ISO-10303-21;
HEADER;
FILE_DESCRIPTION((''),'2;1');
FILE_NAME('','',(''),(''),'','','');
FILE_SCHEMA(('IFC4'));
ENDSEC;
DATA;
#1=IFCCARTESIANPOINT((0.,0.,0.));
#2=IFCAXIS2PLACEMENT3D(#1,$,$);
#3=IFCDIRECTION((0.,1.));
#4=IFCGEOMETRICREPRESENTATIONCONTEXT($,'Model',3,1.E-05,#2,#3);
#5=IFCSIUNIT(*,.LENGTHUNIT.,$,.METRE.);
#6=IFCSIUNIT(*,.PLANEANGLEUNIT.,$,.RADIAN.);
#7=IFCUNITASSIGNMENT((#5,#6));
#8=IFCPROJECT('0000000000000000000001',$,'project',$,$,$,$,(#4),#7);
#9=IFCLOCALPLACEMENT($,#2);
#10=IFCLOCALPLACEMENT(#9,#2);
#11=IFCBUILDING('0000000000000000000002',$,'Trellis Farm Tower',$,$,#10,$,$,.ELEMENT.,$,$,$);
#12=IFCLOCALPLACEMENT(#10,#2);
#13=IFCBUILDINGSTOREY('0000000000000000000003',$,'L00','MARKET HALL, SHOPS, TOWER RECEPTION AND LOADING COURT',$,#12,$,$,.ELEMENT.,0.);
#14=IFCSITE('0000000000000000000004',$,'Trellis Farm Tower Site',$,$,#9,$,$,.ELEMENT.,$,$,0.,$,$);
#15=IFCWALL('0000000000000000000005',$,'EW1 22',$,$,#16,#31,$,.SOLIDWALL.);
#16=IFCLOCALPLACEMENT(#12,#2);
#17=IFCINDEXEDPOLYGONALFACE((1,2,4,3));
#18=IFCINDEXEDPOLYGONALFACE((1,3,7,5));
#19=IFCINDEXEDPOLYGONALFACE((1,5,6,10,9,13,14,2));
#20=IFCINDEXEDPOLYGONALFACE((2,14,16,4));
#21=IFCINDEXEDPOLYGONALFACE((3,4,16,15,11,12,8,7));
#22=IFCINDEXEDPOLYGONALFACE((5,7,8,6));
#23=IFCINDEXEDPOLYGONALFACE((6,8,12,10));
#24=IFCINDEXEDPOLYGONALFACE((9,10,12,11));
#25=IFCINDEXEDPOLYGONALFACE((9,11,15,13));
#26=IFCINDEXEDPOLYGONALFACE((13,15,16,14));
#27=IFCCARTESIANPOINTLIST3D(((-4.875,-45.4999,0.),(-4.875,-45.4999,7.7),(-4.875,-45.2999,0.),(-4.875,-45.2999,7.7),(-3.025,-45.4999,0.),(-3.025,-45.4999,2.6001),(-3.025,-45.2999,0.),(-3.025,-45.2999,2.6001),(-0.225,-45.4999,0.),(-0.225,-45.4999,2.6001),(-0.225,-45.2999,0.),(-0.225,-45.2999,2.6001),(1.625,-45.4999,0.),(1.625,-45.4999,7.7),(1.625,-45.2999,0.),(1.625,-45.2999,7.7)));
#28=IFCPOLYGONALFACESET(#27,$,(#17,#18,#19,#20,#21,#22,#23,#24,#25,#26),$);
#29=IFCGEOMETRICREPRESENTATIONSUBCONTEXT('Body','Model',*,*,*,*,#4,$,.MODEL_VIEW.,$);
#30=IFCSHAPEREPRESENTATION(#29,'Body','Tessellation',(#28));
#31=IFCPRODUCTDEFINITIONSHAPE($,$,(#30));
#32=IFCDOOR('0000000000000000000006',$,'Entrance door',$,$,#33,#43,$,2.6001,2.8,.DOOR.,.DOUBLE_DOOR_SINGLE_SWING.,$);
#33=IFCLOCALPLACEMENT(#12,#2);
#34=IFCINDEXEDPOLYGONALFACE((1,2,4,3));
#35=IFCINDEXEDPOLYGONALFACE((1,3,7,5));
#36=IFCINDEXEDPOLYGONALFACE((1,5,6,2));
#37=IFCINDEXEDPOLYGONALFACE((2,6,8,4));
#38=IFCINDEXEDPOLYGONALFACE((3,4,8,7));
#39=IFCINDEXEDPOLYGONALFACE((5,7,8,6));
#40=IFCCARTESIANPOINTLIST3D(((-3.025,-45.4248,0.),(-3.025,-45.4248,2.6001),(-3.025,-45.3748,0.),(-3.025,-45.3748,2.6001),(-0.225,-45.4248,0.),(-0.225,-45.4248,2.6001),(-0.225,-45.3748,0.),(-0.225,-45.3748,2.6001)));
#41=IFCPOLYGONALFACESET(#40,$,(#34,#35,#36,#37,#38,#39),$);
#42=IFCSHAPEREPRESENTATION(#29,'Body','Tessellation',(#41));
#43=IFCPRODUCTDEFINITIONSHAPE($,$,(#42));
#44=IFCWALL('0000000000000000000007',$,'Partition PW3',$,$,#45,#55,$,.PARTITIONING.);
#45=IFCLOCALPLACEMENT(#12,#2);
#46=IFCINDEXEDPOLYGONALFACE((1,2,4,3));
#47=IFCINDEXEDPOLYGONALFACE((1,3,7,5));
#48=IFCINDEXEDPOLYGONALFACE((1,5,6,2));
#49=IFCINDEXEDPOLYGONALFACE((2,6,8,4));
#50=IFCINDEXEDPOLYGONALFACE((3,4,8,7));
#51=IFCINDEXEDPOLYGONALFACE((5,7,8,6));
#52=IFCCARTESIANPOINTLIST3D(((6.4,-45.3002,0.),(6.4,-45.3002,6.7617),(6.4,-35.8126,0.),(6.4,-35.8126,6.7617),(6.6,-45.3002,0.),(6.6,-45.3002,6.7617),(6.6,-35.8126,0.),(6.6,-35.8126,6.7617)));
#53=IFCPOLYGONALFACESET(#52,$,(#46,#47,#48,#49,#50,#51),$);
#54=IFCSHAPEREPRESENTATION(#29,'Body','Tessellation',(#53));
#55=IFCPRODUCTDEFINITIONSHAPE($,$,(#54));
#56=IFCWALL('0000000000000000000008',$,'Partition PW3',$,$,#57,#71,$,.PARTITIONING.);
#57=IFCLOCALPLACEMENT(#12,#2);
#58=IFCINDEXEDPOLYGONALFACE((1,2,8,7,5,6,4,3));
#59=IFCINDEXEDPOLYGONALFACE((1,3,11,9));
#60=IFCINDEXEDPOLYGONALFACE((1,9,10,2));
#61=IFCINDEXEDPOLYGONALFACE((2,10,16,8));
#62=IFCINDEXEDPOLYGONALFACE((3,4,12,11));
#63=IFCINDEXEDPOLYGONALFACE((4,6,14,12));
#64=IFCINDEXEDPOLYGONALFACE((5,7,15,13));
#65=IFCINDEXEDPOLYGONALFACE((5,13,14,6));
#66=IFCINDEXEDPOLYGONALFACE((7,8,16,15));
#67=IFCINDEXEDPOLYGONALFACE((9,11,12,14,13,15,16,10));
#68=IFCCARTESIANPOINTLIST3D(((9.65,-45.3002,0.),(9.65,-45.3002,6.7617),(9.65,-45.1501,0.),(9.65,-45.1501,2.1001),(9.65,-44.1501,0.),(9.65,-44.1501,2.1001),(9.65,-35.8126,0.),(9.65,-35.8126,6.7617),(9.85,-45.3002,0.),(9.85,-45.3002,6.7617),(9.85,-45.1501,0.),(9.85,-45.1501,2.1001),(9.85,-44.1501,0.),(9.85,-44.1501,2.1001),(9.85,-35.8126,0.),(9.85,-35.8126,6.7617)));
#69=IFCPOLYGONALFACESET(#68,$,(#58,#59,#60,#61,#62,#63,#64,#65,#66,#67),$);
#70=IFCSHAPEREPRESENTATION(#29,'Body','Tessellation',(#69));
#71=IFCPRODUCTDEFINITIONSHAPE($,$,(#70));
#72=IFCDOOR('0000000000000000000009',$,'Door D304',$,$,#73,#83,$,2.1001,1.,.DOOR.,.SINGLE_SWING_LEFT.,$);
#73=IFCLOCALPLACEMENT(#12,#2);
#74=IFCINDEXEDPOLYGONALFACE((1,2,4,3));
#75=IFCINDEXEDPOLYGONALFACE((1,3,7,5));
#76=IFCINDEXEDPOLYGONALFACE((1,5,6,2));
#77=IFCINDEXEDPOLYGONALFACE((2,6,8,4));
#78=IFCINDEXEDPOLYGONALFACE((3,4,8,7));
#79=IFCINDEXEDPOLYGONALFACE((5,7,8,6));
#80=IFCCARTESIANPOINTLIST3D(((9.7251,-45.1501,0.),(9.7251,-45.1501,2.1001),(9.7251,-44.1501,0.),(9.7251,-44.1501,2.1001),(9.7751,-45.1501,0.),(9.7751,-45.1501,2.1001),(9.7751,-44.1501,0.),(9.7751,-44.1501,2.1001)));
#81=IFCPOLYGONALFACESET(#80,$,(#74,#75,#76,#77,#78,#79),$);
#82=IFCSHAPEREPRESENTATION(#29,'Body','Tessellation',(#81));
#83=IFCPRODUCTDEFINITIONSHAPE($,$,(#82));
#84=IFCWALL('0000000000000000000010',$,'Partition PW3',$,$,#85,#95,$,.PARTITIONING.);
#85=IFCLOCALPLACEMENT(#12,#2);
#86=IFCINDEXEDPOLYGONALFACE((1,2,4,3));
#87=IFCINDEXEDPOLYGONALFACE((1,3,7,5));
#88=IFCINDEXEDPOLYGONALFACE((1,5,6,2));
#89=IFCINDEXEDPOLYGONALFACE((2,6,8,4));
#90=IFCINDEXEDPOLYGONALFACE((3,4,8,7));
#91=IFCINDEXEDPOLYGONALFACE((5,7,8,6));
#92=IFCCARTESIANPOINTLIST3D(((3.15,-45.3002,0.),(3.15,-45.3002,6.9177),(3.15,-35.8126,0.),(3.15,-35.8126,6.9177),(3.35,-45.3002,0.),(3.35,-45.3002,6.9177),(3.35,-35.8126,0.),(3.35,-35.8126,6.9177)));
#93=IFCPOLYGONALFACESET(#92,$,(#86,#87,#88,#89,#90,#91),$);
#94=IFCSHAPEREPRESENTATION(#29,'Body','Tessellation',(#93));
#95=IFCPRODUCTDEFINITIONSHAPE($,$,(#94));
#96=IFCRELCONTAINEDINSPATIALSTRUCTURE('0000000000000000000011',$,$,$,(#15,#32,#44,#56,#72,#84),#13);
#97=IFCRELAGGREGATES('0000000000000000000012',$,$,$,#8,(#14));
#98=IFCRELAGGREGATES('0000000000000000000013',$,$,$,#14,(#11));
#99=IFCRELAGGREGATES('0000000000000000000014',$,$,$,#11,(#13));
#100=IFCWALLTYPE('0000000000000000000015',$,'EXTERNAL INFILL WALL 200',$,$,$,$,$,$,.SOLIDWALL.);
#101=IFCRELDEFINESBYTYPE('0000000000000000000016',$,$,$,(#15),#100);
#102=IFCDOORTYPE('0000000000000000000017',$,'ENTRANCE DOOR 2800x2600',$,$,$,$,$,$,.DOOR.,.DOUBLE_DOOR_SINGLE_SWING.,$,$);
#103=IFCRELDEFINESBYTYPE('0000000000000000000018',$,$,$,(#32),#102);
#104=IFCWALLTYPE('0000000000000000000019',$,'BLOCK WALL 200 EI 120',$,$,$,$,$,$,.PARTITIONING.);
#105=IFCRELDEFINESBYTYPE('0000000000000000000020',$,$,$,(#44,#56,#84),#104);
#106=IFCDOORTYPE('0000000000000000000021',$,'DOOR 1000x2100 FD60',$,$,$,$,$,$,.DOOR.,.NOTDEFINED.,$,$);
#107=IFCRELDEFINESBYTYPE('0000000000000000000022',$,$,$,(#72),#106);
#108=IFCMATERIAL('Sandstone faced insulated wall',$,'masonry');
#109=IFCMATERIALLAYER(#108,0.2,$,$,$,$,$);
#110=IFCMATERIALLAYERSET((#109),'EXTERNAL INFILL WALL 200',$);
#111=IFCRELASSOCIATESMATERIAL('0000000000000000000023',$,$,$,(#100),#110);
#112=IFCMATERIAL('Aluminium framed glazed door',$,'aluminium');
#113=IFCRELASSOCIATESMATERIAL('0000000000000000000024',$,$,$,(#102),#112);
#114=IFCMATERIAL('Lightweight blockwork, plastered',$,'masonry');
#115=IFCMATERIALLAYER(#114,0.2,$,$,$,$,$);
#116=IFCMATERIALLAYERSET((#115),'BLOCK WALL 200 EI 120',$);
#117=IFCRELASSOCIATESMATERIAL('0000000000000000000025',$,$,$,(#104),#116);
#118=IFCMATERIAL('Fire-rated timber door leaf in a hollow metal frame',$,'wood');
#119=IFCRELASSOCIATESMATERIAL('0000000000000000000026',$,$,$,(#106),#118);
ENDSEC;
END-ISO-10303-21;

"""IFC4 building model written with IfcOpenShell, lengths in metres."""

from ifc_helpers import new_model, si_unit, direction, frame, frame_2d, origin, place, context, subcontext, project, spatial, rectangle, extrude, source, transform, mapped, material, layer, layer_set, type_object, element, fill, save


model = new_model("IFC4")

# Units and contexts
model_context = context("Model", 3, precision=1e-05, world=origin(), true_north=direction((0.0, 1.0)))
body_context = subcontext(model_context, "Body", "Model", "MODEL_VIEW")
ifc_project = project(units=[si_unit("LENGTHUNIT", "METRE"), si_unit("PLANEANGLEUNIT", "RADIAN")], contexts=[model_context])

# Site, building, storey
site_placement = place(None, origin())
site = spatial("IfcSite", under=ifc_project, at=site_placement, Name="Trellis Farm Tower Site", CompositionType="ELEMENT", RefElevation=0.0)
building_placement = place(site_placement, origin())
building = spatial("IfcBuilding", under=site, at=building_placement, Name="Trellis Farm Tower", CompositionType="ELEMENT")
storey_placement = place(building_placement, origin())
storey = spatial("IfcBuildingStorey", under=building, at=storey_placement, Name="L00", Description="MARKET HALL, SHOPS, TOWER RECEPTION AND LOADING COURT", CompositionType="ELEMENT", Elevation=0.0)

# Wall, opening, door
ifc_material_1 = material(Name="Sandstone faced insulated wall", Category="masonry")
ifc_layer_1 = layer(ifc_material_1, 0.2)
ifc_layer_set_1 = layer_set([ifc_layer_1], Name="EXTERNAL INFILL WALL 200")
wall_type_1 = type_object("IfcWallType", Name="EXTERNAL INFILL WALL 200", PredefinedType="SOLIDWALL", material=ifc_layer_set_1)
shared_shape_1 = source(origin(), body_context, "Body", "SweptSolid", [
    extrude(rectangle(XDim=6.5, YDim=0.2, at=frame_2d((3.25, 0.0))), origin(), (0.0, 0.0, 1.0), 7.7),
])
wall_1_placement = place(storey_placement, frame((1.625, -45.3999, 0.0), z_axis=(0.0, 0.0, 1.0), x_axis=(-1.0, 0.0, 0.0)))
wall_1 = element("IfcWall", 1, at=wall_1_placement, inside=storey, type_object=wall_type_1, Name="EW1 22", PredefinedType="SOLIDWALL", context=body_context, shape_type="MappedRepresentation", body=[
    mapped(shared_shape_1, transform((0.0, 0.0, 0.0))),
])
shared_shape_2 = source(origin(), body_context, "Body", "SweptSolid", [
    extrude(rectangle(XDim=2.8, YDim=2.6001, at=frame_2d((1.3999, 1.3))), frame((0.0, 0.1101, 0.0), z_axis=(0.0, -1.0, 0.0), x_axis=(1.0, 0.0, 0.0)), (0.0, 0.0, 1.0), 0.2202),
])
opening_1_placement = place(wall_1_placement, frame((1.8501, 0.0, 0.0)))
opening_1 = element("IfcOpeningElement", 2, at=opening_1_placement, cuts=wall_1, PredefinedType="OPENING", context=body_context, shape_type="MappedRepresentation", body=[
    mapped(shared_shape_2, transform((0.0, 0.0, 0.0))),
])
ifc_material_2 = material(Name="Aluminium framed glazed door", Category="aluminium")
door_type_1 = type_object("IfcDoorType", Name="ENTRANCE DOOR 2800x2600", OperationType="DOUBLE_DOOR_SINGLE_SWING", PredefinedType="DOOR", material=ifc_material_2)
shared_shape_3 = source(origin(), body_context, "Body", "SweptSolid", [
    extrude(rectangle(XDim=2.8, YDim=2.6001, at=frame_2d((1.3999, 1.3))), frame((0.0, 0.0249, 0.0), z_axis=(0.0, -1.0, 0.0), x_axis=(1.0, 0.0, 0.0)), (0.0, 0.0, 1.0), 0.05),
])
door_1_placement = place(opening_1_placement, origin())
door_1 = element("IfcDoor", 3, at=door_1_placement, inside=storey, type_object=door_type_1, Name="Entrance door", OperationType="DOUBLE_DOOR_SINGLE_SWING", OverallHeight=2.6001, OverallWidth=2.8, PredefinedType="DOOR", context=body_context, shape_type="MappedRepresentation", body=[
    mapped(shared_shape_3, transform((0.0, 0.0, 0.0))),
])
fill(opening_1, door_1)

# Wall
ifc_material_3 = material(Name="Lightweight blockwork, plastered", Category="masonry")
ifc_layer_2 = layer(ifc_material_3, 0.2)
ifc_layer_set_2 = layer_set([ifc_layer_2], Name="BLOCK WALL 200 EI 120")
wall_type_2 = type_object("IfcWallType", Name="BLOCK WALL 200 EI 120", PredefinedType="PARTITIONING", material=ifc_layer_set_2)
shared_shape_4 = source(origin(), body_context, "Body", "SweptSolid", [
    extrude(rectangle(XDim=9.4875, YDim=0.2, at=frame_2d((4.7437, 0.0))), origin(), (0.0, 0.0, 1.0), 6.7617),
])
wall_2_placement = place(storey_placement, frame((6.5, -45.3, 0.0), z_axis=(0.0, 0.0, 1.0), x_axis=(0.0, 1.0, 0.0)))
element("IfcWall", 4, at=wall_2_placement, inside=storey, type_object=wall_type_2, Name="Partition PW3", PredefinedType="PARTITIONING", context=body_context, shape_type="MappedRepresentation", body=[
    mapped(shared_shape_4, transform((0.0, 0.0, 0.0))),
])

# Wall, opening, door
wall_3_placement = place(storey_placement, frame((9.75, -45.3, 0.0), z_axis=(0.0, 0.0, 1.0), x_axis=(0.0, 1.0, 0.0)))
wall_3 = element("IfcWall", 5, at=wall_3_placement, inside=storey, type_object=wall_type_2, Name="Partition PW3", PredefinedType="PARTITIONING", context=body_context, shape_type="MappedRepresentation", body=[
    mapped(shared_shape_4, transform((0.0, 0.0, 0.0))),
])
shared_shape_5 = source(origin(), body_context, "Body", "SweptSolid", [
    extrude(rectangle(XDim=1.0, YDim=2.1001, at=frame_2d((0.5, 1.05))), frame((0.0, 0.1101, 0.0), z_axis=(0.0, -1.0, 0.0), x_axis=(1.0, 0.0, 0.0)), (0.0, 0.0, 1.0), 0.2202),
])
opening_2_placement = place(wall_3_placement, frame((0.1499, 0.0, 0.0)))
opening_2 = element("IfcOpeningElement", 6, at=opening_2_placement, cuts=wall_3, PredefinedType="OPENING", context=body_context, shape_type="MappedRepresentation", body=[
    mapped(shared_shape_5, transform((0.0, 0.0, 0.0))),
])
ifc_material_4 = material(Name="Fire-rated timber door leaf in a hollow metal frame", Category="wood")
door_type_2 = type_object("IfcDoorType", Name="DOOR 1000x2100 FD60", OperationType="NOTDEFINED", PredefinedType="DOOR", material=ifc_material_4)
shared_shape_6 = source(origin(), body_context, "Body", "SweptSolid", [
    extrude(rectangle(XDim=1.0, YDim=2.1001, at=frame_2d((0.5, 1.05))), frame((0.0, 0.0249, 0.0), z_axis=(0.0, -1.0, 0.0), x_axis=(1.0, 0.0, 0.0)), (0.0, 0.0, 1.0), 0.05),
])
door_2_placement = place(opening_2_placement, origin())
door_2 = element("IfcDoor", 7, at=door_2_placement, inside=storey, type_object=door_type_2, Name="Door D304", OperationType="SINGLE_SWING_LEFT", OverallHeight=2.1001, OverallWidth=1.0, PredefinedType="DOOR", context=body_context, shape_type="MappedRepresentation", body=[
    mapped(shared_shape_6, transform((0.0, 0.0, 0.0))),
])
fill(opening_2, door_2)

# Wall
shared_shape_7 = source(origin(), body_context, "Body", "SweptSolid", [
    extrude(rectangle(XDim=9.4875, YDim=0.2, at=frame_2d((4.7437, 0.0))), origin(), (0.0, 0.0, 1.0), 6.9177),
])
wall_4_placement = place(storey_placement, frame((3.25, -45.3, 0.0), z_axis=(0.0, 0.0, 1.0), x_axis=(0.0, 1.0, 0.0)))
element("IfcWall", 8, at=wall_4_placement, inside=storey, type_object=wall_type_2, Name="Partition PW3", PredefinedType="PARTITIONING", context=body_context, shape_type="MappedRepresentation", body=[
    mapped(shared_shape_7, transform((0.0, 0.0, 0.0))),
])

save(model, "model.ifc")
